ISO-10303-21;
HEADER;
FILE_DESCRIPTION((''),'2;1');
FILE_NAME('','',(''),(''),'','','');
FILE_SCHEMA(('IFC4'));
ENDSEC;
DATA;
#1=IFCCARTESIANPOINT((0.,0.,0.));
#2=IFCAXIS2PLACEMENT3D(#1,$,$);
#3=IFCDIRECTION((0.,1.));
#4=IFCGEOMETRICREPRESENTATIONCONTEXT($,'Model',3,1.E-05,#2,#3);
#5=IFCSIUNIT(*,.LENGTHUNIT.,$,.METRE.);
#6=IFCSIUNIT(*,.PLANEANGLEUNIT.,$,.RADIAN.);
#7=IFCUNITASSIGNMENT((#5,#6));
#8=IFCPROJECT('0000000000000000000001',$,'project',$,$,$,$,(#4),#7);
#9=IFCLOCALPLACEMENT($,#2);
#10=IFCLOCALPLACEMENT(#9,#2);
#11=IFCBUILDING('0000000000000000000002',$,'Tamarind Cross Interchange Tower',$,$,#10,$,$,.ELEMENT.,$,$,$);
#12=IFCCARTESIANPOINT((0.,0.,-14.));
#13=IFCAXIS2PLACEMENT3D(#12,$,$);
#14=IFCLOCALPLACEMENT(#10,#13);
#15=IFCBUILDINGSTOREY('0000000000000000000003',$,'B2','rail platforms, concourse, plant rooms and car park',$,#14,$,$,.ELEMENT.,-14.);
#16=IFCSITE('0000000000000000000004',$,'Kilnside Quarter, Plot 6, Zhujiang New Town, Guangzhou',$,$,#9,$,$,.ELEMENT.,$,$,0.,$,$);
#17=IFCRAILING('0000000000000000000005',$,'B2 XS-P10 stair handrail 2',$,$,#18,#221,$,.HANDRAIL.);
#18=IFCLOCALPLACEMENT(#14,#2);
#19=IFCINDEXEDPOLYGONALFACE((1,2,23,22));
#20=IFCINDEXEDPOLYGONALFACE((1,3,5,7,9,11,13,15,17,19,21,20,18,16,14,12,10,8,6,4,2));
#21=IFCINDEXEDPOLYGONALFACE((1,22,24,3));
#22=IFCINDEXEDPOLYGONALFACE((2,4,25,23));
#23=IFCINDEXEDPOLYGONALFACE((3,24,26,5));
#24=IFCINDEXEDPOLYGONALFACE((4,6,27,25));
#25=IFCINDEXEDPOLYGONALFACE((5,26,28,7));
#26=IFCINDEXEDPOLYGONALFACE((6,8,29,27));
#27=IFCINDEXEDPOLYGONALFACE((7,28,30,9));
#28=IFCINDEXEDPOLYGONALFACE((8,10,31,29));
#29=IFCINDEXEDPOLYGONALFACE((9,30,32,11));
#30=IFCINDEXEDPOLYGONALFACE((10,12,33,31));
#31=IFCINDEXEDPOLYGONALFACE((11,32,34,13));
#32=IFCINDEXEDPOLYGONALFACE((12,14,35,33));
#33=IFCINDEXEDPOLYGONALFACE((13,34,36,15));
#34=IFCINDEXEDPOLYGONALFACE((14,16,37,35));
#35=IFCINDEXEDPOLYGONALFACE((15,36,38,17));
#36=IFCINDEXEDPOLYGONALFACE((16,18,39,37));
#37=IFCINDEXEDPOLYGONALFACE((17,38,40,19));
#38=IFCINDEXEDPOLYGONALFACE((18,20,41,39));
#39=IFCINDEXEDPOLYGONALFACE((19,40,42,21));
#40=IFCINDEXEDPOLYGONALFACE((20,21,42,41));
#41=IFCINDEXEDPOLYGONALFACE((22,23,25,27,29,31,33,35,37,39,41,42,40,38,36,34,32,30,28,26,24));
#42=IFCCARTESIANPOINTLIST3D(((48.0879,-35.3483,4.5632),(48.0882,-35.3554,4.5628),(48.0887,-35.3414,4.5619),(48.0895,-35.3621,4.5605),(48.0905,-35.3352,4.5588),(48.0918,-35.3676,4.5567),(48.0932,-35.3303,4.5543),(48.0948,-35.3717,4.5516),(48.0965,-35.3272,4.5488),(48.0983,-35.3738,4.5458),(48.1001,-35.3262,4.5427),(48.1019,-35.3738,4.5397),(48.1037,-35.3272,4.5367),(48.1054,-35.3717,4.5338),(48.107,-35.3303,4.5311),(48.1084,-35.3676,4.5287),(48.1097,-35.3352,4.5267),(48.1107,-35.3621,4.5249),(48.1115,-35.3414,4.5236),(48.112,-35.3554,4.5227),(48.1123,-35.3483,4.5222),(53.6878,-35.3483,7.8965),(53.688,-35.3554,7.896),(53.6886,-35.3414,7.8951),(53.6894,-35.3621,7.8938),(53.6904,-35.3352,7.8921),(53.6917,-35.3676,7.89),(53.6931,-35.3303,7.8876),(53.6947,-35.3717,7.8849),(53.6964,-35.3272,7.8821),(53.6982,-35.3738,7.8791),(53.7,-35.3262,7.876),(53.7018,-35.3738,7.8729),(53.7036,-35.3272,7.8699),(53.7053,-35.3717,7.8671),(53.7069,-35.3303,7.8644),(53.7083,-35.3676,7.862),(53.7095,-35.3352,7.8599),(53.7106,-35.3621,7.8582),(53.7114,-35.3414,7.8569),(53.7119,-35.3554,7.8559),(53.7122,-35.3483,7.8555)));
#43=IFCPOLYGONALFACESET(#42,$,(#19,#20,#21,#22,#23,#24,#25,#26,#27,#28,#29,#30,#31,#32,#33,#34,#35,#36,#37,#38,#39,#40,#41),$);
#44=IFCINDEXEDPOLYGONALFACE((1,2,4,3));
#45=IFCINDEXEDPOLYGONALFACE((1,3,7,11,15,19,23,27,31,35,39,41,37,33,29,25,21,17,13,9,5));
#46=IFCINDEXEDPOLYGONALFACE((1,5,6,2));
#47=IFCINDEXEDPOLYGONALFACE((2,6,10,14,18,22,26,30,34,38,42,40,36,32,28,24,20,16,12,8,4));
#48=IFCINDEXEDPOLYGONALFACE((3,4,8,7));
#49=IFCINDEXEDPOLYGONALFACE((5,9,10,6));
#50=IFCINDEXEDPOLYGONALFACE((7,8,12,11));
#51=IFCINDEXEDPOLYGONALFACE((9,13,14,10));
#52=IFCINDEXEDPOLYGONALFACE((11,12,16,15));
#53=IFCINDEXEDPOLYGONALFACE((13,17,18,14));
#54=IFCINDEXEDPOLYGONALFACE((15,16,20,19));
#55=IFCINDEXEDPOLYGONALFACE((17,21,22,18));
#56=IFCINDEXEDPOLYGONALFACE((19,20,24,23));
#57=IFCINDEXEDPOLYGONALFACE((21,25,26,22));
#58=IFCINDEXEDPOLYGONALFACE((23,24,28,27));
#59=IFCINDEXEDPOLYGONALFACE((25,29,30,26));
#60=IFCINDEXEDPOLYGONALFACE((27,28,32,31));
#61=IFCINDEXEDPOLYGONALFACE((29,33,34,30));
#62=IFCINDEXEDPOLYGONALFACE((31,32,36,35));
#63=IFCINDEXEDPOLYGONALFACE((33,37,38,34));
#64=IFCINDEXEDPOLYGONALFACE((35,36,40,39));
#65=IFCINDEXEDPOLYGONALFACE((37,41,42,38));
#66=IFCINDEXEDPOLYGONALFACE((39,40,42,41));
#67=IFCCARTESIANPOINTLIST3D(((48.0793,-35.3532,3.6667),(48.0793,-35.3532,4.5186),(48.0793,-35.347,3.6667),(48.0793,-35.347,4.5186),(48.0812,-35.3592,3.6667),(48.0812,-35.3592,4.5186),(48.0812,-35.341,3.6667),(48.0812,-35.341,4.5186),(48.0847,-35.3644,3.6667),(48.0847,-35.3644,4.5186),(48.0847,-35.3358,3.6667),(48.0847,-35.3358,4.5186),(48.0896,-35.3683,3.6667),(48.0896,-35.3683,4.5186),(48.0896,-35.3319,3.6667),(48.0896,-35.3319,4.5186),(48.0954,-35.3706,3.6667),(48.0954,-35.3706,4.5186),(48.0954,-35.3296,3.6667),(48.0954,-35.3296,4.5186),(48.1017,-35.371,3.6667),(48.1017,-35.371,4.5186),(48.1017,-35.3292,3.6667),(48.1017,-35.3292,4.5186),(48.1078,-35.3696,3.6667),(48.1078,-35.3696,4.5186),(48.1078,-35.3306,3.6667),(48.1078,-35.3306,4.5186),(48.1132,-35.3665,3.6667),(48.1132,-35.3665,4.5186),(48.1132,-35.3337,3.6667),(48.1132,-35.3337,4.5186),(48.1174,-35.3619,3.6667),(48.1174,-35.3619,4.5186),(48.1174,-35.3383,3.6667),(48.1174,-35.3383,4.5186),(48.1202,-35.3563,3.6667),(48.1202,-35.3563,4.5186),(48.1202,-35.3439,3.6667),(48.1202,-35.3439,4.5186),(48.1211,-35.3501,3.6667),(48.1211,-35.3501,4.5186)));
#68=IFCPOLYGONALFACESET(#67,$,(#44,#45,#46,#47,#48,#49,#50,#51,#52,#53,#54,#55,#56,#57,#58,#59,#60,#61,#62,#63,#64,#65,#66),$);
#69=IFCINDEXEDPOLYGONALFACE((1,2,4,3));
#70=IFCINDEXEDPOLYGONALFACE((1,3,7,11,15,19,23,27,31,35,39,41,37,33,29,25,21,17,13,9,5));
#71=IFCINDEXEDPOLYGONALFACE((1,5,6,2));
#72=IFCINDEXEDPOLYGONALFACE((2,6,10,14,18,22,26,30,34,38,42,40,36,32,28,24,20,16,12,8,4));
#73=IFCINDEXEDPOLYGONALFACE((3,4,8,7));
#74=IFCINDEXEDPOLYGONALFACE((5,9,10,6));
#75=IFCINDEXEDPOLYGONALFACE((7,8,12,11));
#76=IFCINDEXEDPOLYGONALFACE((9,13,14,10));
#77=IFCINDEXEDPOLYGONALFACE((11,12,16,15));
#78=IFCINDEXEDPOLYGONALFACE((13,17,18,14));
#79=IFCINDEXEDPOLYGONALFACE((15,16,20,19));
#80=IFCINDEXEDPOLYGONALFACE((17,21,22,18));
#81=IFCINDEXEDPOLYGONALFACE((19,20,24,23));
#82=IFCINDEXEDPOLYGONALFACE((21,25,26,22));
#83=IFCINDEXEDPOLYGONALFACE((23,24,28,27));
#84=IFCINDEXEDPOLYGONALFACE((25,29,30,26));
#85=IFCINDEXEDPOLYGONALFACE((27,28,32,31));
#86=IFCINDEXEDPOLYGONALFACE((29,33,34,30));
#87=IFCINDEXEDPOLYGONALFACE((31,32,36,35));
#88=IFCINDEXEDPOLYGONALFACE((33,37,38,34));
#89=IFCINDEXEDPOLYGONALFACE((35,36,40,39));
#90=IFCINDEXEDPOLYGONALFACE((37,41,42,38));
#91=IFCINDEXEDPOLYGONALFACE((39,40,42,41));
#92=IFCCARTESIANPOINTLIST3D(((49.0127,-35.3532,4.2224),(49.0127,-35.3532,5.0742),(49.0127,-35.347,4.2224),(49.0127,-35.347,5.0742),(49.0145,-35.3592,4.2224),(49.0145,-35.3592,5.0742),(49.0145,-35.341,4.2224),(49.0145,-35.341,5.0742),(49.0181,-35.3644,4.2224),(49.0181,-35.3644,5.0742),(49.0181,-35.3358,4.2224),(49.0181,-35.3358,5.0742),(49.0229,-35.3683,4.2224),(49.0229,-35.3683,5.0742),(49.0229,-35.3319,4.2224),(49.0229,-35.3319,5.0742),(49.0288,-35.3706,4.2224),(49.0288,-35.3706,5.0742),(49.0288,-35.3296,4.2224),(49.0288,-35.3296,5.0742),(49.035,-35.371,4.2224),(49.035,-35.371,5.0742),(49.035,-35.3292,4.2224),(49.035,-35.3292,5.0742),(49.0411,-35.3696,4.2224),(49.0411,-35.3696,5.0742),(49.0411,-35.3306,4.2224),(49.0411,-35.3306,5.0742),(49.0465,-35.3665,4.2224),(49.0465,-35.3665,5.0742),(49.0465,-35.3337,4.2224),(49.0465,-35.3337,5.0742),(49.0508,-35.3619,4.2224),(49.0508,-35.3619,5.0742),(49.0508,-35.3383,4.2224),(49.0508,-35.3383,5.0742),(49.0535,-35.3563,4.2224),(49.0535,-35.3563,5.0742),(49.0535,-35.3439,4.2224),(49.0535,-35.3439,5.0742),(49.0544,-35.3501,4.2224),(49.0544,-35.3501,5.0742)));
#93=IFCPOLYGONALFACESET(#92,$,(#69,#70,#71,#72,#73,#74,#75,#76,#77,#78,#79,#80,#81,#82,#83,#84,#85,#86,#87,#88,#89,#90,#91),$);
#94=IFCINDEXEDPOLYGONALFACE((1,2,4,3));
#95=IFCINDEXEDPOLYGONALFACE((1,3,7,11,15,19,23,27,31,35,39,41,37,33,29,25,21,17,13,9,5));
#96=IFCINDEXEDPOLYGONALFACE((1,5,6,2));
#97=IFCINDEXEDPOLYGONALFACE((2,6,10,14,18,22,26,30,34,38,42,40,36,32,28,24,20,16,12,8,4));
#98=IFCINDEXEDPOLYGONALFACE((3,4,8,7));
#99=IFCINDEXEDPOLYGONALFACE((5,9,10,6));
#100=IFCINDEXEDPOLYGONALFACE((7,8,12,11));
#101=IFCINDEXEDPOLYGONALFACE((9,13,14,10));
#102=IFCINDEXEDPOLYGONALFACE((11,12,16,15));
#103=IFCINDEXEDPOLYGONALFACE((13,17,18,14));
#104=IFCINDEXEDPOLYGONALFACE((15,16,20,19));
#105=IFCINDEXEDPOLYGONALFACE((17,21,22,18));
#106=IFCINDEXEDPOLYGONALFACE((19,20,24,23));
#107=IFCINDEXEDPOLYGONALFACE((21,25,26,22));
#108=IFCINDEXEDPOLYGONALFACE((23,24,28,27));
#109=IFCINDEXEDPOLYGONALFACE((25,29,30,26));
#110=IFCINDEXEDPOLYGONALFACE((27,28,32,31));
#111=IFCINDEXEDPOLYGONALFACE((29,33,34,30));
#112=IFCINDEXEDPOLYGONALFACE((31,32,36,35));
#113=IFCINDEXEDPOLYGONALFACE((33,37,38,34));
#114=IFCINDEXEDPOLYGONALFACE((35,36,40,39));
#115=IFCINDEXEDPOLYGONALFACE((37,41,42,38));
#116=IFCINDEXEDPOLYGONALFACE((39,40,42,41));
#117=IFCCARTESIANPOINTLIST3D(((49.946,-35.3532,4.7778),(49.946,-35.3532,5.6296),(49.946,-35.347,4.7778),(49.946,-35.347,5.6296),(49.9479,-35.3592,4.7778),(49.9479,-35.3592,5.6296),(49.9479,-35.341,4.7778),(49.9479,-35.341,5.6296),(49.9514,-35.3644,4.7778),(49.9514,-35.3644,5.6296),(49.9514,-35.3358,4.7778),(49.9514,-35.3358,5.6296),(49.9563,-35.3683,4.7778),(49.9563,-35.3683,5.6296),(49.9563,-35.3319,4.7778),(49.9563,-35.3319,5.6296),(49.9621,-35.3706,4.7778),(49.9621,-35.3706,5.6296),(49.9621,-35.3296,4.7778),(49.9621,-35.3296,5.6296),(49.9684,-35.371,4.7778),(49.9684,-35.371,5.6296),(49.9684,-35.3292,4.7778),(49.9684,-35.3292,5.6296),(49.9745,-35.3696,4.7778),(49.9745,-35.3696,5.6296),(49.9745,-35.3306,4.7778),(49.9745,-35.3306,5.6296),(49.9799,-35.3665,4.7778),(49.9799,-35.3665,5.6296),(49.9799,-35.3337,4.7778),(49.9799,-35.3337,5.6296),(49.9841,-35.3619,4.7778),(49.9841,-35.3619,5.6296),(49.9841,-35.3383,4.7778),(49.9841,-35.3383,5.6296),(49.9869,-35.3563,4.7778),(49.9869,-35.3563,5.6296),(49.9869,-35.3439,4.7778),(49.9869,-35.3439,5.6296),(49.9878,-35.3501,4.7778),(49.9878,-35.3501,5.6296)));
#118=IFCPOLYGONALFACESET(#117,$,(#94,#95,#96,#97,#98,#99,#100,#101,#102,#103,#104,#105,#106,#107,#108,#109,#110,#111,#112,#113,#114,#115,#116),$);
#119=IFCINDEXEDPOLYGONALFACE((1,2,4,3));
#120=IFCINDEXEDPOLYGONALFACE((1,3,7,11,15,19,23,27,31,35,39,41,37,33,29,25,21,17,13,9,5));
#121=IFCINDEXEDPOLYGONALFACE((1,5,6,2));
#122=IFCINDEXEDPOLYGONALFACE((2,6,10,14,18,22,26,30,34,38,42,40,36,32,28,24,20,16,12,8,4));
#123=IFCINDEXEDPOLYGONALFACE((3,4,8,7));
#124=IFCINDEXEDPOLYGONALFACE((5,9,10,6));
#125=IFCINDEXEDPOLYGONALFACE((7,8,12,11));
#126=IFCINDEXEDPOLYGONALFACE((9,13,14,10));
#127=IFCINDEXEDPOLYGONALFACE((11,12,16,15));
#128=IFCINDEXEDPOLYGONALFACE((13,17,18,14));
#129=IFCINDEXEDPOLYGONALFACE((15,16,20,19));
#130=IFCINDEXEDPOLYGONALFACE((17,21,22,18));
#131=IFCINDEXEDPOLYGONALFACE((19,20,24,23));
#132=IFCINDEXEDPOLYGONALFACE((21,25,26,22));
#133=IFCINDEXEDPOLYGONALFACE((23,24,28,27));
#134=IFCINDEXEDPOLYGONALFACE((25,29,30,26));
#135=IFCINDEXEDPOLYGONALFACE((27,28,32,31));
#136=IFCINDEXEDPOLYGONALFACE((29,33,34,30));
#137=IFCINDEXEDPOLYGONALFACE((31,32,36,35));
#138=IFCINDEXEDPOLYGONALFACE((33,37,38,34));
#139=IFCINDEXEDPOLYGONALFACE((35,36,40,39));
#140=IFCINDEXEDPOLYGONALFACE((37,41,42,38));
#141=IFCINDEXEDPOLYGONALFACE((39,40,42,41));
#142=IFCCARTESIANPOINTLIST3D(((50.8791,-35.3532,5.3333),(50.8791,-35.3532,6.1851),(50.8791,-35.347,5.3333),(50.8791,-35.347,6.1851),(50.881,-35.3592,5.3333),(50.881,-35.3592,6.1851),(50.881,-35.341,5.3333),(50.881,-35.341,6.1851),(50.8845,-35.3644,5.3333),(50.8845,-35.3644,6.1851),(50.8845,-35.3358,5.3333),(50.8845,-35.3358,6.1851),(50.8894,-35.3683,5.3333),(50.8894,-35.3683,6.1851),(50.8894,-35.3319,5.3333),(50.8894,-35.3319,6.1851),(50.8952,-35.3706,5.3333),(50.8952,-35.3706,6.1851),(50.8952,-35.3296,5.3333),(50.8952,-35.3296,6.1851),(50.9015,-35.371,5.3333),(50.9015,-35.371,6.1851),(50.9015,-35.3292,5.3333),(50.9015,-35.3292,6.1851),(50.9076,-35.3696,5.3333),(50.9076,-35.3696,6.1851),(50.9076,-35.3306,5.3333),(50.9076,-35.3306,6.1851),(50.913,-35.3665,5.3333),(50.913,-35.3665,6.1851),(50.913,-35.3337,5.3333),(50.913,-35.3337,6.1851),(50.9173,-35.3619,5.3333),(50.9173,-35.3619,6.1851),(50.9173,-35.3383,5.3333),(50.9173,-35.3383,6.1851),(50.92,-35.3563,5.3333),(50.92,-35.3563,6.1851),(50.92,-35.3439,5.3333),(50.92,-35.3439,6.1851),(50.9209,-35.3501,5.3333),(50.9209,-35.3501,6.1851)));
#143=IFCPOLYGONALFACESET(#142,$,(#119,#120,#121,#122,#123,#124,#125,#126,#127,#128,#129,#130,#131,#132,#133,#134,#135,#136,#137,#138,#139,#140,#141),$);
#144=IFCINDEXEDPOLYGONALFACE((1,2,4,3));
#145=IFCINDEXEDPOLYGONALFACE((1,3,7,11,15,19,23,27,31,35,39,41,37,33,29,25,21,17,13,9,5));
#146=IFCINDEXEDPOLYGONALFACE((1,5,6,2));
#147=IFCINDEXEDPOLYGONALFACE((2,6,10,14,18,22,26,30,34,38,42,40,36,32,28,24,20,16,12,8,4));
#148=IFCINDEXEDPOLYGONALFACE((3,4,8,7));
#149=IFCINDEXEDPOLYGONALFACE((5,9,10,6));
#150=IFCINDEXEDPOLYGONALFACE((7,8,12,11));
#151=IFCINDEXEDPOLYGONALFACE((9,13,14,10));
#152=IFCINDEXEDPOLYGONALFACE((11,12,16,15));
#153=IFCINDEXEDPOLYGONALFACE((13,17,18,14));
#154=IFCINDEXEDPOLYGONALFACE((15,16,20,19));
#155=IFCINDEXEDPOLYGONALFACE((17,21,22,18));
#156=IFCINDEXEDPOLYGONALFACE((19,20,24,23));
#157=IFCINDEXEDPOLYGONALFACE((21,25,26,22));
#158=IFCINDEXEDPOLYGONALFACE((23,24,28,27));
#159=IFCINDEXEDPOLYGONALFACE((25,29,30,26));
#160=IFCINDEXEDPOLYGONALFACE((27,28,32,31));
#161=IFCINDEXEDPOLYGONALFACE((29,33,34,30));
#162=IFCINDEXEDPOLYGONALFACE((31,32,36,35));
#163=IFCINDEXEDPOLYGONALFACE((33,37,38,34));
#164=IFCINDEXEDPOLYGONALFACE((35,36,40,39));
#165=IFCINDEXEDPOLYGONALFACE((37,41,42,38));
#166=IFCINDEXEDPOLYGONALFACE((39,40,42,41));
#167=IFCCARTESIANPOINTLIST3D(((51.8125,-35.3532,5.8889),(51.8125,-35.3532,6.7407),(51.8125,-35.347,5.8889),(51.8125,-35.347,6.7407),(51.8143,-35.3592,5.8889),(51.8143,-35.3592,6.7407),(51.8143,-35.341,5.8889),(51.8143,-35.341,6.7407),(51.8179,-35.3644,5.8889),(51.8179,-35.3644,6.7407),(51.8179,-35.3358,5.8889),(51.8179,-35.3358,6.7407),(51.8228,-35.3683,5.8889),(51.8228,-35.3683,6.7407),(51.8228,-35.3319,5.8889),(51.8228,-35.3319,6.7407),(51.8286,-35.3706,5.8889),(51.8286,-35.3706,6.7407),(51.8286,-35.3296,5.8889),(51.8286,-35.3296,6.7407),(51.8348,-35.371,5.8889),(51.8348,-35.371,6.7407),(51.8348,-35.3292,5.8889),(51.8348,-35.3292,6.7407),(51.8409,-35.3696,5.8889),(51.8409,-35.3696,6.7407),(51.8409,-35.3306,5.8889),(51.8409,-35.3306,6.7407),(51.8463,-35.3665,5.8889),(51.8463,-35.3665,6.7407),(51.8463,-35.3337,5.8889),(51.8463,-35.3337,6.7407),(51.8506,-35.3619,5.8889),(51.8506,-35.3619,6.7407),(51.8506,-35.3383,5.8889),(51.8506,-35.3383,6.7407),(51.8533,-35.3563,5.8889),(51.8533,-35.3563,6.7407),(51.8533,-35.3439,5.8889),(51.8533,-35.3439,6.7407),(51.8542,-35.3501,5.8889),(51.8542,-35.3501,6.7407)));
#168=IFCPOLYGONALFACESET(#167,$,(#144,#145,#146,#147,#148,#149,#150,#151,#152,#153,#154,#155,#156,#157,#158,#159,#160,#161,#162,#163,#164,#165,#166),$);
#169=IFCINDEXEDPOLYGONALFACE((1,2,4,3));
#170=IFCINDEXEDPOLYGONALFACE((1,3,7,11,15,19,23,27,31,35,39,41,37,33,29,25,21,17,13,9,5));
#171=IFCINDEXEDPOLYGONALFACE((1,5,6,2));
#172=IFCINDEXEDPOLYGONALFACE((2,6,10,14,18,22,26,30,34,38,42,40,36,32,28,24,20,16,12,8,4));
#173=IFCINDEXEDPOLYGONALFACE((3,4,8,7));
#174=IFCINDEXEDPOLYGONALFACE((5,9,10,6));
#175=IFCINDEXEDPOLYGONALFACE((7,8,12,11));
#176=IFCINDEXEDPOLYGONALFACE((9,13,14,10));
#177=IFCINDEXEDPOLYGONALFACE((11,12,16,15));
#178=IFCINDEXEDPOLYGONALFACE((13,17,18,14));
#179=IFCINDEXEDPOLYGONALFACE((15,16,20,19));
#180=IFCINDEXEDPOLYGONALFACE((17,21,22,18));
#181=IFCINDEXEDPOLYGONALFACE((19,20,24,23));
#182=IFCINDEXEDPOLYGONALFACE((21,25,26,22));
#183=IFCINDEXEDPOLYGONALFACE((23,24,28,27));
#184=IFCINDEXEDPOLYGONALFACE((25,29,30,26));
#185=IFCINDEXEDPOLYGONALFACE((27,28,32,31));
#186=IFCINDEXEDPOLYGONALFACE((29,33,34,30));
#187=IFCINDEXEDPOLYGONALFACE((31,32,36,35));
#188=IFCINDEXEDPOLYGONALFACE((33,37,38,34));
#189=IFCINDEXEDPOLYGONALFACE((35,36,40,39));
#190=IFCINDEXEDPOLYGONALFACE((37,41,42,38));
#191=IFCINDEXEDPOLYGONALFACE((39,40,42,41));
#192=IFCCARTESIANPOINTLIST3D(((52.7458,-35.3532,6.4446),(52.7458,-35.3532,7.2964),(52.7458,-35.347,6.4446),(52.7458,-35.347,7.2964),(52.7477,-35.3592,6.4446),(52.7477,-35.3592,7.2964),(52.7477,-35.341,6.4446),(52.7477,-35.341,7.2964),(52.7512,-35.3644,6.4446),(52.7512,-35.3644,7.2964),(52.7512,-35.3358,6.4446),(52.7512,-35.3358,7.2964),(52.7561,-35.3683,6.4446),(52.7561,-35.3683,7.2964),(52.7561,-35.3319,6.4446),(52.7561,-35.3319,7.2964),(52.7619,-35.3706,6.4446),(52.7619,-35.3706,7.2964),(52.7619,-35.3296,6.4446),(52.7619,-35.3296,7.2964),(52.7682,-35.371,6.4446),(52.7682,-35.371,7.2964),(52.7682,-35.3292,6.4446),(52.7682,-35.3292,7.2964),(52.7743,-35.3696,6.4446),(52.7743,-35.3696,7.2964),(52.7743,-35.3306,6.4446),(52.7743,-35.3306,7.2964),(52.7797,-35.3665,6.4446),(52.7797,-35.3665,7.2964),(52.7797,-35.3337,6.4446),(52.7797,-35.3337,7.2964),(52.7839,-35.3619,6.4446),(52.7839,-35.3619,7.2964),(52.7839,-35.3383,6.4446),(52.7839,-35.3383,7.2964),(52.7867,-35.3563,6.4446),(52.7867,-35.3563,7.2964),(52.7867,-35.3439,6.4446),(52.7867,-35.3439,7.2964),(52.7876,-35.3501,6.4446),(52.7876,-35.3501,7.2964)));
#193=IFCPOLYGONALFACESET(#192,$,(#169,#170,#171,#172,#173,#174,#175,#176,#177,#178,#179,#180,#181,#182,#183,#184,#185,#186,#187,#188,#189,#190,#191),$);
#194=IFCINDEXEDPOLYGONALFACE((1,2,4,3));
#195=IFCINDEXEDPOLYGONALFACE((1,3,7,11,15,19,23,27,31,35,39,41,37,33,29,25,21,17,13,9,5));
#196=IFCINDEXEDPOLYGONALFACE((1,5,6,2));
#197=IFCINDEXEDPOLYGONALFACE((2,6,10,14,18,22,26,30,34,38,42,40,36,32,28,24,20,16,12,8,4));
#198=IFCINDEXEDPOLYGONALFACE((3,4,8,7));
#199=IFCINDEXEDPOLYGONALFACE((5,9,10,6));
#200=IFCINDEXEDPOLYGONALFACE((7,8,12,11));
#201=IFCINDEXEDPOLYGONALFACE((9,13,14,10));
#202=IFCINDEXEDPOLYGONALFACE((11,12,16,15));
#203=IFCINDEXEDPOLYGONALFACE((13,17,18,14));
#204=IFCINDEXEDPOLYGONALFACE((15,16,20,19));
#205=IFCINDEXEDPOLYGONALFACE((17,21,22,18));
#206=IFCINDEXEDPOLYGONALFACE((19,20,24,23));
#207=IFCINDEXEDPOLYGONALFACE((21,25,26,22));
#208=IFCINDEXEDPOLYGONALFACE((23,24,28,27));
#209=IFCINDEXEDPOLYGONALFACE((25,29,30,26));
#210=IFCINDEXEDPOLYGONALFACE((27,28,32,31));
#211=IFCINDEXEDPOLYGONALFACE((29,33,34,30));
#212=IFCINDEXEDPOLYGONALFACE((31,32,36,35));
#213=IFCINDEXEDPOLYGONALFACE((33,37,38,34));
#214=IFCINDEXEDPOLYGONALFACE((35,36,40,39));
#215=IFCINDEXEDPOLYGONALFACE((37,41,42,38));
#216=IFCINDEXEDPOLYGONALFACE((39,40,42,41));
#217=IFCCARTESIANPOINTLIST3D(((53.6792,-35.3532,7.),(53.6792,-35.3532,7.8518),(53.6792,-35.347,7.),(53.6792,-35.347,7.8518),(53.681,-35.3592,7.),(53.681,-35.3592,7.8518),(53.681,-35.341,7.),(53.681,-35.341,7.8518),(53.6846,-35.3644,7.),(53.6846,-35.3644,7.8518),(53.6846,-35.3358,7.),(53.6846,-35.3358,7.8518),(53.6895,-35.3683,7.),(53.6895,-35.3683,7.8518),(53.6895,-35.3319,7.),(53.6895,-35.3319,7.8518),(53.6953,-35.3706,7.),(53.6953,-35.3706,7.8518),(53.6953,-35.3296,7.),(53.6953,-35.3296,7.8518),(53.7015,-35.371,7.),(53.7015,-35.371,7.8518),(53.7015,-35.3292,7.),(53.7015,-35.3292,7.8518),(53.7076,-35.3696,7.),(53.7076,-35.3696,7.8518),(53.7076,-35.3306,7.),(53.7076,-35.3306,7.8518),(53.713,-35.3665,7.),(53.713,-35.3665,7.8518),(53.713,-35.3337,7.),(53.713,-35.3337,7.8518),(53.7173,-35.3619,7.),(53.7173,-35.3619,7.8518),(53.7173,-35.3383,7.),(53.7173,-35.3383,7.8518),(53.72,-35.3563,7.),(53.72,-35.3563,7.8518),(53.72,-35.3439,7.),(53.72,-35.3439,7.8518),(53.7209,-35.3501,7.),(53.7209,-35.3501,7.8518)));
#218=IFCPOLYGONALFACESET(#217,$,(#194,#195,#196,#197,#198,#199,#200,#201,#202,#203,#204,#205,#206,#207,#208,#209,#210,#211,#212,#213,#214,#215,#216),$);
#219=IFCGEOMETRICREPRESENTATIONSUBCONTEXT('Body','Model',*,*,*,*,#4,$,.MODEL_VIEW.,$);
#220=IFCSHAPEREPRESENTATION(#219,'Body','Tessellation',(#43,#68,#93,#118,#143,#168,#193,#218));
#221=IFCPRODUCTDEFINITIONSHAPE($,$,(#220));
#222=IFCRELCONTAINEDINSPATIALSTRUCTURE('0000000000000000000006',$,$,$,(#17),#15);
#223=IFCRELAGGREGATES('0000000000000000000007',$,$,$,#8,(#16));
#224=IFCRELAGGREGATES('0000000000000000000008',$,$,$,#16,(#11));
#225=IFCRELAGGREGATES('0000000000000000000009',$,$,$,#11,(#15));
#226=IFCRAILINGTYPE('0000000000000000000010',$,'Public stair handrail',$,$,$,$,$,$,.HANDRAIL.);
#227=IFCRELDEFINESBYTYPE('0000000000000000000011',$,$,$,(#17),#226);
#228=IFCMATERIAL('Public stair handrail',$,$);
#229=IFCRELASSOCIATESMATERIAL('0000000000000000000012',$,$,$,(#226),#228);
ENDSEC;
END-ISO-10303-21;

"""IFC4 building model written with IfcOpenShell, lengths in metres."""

from ifc_helpers import new_model, si_unit, direction, frame, origin, origin_2d, place, context, subcontext, project, spatial, circle, extrude, material, type_object, element, save


model = new_model("IFC4")

# Units and contexts
model_context = context("Model", 3, precision=1e-05, world=origin(), true_north=direction((0.0, 1.0)))
body_context = subcontext(model_context, "Body", "Model", "MODEL_VIEW")
ifc_project = project(units=[si_unit("LENGTHUNIT", "METRE"), si_unit("PLANEANGLEUNIT", "RADIAN")], contexts=[model_context])

# Site, building, storey
site_placement = place(None, origin())
site = spatial("IfcSite", under=ifc_project, at=site_placement, Name="Kilnside Quarter, Plot 6, Zhujiang New Town, Guangzhou", CompositionType="ELEMENT", RefElevation=0.0)
building_placement = place(site_placement, origin())
building = spatial("IfcBuilding", under=site, at=building_placement, Name="Tamarind Cross Interchange Tower", CompositionType="ELEMENT")
storey_placement = place(building_placement, frame((0.0, 0.0, -14.0)))
storey = spatial("IfcBuildingStorey", under=building, at=storey_placement, Name="B2", Description="rail platforms, concourse, plant rooms and car park", CompositionType="ELEMENT", Elevation=-14.0)

# Railing
ifc_material_1 = material(Name="Public stair handrail")
railing_type_1 = type_object("IfcRailingType", Name="Public stair handrail", PredefinedType="HANDRAIL", material=ifc_material_1)
railing_1_placement = place(storey_placement, frame((48.1001, -35.3501, 3.6667)))
element("IfcRailing", 1, at=railing_1_placement, inside=storey, type_object=railing_type_1, Name="B2 XS-P10 stair handrail 2", PredefinedType="HANDRAIL", context=body_context, shape_type="SweptSolid", body=[
    extrude(circle(Radius=0.0239, at=origin_2d()), frame((0.0, 0.0, 0.876), z_axis=(0.859292, 0.0, 0.511485), x_axis=(0.0, 1.0, 0.0)), (0.0, 0.0, 1.0), 6.5168),
    extrude(circle(Radius=0.021, at=origin_2d()), origin(), (0.0, 0.0, 1.0), 0.8518),
    extrude(circle(Radius=0.021, at=origin_2d()), frame((0.9333, 0.0, 0.5557)), (0.0, 0.0, 1.0), 0.8518),
    extrude(circle(Radius=0.021, at=origin_2d()), frame((1.8667, 0.0, 1.1111)), (0.0, 0.0, 1.0), 0.8518),
    extrude(circle(Radius=0.021, at=origin_2d()), frame((2.7998, 0.0, 1.6665)), (0.0, 0.0, 1.0), 0.8518),
    extrude(circle(Radius=0.021, at=origin_2d()), frame((3.7332, 0.0, 2.2222)), (0.0, 0.0, 1.0), 0.8518),
    extrude(circle(Radius=0.021, at=origin_2d()), frame((4.6665, 0.0, 2.7778)), (0.0, 0.0, 1.0), 0.8518),
    extrude(circle(Radius=0.021, at=origin_2d()), frame((5.5999, 0.0, 3.3333)), (0.0, 0.0, 1.0), 0.8518),
])

save(model, "model.ifc")
